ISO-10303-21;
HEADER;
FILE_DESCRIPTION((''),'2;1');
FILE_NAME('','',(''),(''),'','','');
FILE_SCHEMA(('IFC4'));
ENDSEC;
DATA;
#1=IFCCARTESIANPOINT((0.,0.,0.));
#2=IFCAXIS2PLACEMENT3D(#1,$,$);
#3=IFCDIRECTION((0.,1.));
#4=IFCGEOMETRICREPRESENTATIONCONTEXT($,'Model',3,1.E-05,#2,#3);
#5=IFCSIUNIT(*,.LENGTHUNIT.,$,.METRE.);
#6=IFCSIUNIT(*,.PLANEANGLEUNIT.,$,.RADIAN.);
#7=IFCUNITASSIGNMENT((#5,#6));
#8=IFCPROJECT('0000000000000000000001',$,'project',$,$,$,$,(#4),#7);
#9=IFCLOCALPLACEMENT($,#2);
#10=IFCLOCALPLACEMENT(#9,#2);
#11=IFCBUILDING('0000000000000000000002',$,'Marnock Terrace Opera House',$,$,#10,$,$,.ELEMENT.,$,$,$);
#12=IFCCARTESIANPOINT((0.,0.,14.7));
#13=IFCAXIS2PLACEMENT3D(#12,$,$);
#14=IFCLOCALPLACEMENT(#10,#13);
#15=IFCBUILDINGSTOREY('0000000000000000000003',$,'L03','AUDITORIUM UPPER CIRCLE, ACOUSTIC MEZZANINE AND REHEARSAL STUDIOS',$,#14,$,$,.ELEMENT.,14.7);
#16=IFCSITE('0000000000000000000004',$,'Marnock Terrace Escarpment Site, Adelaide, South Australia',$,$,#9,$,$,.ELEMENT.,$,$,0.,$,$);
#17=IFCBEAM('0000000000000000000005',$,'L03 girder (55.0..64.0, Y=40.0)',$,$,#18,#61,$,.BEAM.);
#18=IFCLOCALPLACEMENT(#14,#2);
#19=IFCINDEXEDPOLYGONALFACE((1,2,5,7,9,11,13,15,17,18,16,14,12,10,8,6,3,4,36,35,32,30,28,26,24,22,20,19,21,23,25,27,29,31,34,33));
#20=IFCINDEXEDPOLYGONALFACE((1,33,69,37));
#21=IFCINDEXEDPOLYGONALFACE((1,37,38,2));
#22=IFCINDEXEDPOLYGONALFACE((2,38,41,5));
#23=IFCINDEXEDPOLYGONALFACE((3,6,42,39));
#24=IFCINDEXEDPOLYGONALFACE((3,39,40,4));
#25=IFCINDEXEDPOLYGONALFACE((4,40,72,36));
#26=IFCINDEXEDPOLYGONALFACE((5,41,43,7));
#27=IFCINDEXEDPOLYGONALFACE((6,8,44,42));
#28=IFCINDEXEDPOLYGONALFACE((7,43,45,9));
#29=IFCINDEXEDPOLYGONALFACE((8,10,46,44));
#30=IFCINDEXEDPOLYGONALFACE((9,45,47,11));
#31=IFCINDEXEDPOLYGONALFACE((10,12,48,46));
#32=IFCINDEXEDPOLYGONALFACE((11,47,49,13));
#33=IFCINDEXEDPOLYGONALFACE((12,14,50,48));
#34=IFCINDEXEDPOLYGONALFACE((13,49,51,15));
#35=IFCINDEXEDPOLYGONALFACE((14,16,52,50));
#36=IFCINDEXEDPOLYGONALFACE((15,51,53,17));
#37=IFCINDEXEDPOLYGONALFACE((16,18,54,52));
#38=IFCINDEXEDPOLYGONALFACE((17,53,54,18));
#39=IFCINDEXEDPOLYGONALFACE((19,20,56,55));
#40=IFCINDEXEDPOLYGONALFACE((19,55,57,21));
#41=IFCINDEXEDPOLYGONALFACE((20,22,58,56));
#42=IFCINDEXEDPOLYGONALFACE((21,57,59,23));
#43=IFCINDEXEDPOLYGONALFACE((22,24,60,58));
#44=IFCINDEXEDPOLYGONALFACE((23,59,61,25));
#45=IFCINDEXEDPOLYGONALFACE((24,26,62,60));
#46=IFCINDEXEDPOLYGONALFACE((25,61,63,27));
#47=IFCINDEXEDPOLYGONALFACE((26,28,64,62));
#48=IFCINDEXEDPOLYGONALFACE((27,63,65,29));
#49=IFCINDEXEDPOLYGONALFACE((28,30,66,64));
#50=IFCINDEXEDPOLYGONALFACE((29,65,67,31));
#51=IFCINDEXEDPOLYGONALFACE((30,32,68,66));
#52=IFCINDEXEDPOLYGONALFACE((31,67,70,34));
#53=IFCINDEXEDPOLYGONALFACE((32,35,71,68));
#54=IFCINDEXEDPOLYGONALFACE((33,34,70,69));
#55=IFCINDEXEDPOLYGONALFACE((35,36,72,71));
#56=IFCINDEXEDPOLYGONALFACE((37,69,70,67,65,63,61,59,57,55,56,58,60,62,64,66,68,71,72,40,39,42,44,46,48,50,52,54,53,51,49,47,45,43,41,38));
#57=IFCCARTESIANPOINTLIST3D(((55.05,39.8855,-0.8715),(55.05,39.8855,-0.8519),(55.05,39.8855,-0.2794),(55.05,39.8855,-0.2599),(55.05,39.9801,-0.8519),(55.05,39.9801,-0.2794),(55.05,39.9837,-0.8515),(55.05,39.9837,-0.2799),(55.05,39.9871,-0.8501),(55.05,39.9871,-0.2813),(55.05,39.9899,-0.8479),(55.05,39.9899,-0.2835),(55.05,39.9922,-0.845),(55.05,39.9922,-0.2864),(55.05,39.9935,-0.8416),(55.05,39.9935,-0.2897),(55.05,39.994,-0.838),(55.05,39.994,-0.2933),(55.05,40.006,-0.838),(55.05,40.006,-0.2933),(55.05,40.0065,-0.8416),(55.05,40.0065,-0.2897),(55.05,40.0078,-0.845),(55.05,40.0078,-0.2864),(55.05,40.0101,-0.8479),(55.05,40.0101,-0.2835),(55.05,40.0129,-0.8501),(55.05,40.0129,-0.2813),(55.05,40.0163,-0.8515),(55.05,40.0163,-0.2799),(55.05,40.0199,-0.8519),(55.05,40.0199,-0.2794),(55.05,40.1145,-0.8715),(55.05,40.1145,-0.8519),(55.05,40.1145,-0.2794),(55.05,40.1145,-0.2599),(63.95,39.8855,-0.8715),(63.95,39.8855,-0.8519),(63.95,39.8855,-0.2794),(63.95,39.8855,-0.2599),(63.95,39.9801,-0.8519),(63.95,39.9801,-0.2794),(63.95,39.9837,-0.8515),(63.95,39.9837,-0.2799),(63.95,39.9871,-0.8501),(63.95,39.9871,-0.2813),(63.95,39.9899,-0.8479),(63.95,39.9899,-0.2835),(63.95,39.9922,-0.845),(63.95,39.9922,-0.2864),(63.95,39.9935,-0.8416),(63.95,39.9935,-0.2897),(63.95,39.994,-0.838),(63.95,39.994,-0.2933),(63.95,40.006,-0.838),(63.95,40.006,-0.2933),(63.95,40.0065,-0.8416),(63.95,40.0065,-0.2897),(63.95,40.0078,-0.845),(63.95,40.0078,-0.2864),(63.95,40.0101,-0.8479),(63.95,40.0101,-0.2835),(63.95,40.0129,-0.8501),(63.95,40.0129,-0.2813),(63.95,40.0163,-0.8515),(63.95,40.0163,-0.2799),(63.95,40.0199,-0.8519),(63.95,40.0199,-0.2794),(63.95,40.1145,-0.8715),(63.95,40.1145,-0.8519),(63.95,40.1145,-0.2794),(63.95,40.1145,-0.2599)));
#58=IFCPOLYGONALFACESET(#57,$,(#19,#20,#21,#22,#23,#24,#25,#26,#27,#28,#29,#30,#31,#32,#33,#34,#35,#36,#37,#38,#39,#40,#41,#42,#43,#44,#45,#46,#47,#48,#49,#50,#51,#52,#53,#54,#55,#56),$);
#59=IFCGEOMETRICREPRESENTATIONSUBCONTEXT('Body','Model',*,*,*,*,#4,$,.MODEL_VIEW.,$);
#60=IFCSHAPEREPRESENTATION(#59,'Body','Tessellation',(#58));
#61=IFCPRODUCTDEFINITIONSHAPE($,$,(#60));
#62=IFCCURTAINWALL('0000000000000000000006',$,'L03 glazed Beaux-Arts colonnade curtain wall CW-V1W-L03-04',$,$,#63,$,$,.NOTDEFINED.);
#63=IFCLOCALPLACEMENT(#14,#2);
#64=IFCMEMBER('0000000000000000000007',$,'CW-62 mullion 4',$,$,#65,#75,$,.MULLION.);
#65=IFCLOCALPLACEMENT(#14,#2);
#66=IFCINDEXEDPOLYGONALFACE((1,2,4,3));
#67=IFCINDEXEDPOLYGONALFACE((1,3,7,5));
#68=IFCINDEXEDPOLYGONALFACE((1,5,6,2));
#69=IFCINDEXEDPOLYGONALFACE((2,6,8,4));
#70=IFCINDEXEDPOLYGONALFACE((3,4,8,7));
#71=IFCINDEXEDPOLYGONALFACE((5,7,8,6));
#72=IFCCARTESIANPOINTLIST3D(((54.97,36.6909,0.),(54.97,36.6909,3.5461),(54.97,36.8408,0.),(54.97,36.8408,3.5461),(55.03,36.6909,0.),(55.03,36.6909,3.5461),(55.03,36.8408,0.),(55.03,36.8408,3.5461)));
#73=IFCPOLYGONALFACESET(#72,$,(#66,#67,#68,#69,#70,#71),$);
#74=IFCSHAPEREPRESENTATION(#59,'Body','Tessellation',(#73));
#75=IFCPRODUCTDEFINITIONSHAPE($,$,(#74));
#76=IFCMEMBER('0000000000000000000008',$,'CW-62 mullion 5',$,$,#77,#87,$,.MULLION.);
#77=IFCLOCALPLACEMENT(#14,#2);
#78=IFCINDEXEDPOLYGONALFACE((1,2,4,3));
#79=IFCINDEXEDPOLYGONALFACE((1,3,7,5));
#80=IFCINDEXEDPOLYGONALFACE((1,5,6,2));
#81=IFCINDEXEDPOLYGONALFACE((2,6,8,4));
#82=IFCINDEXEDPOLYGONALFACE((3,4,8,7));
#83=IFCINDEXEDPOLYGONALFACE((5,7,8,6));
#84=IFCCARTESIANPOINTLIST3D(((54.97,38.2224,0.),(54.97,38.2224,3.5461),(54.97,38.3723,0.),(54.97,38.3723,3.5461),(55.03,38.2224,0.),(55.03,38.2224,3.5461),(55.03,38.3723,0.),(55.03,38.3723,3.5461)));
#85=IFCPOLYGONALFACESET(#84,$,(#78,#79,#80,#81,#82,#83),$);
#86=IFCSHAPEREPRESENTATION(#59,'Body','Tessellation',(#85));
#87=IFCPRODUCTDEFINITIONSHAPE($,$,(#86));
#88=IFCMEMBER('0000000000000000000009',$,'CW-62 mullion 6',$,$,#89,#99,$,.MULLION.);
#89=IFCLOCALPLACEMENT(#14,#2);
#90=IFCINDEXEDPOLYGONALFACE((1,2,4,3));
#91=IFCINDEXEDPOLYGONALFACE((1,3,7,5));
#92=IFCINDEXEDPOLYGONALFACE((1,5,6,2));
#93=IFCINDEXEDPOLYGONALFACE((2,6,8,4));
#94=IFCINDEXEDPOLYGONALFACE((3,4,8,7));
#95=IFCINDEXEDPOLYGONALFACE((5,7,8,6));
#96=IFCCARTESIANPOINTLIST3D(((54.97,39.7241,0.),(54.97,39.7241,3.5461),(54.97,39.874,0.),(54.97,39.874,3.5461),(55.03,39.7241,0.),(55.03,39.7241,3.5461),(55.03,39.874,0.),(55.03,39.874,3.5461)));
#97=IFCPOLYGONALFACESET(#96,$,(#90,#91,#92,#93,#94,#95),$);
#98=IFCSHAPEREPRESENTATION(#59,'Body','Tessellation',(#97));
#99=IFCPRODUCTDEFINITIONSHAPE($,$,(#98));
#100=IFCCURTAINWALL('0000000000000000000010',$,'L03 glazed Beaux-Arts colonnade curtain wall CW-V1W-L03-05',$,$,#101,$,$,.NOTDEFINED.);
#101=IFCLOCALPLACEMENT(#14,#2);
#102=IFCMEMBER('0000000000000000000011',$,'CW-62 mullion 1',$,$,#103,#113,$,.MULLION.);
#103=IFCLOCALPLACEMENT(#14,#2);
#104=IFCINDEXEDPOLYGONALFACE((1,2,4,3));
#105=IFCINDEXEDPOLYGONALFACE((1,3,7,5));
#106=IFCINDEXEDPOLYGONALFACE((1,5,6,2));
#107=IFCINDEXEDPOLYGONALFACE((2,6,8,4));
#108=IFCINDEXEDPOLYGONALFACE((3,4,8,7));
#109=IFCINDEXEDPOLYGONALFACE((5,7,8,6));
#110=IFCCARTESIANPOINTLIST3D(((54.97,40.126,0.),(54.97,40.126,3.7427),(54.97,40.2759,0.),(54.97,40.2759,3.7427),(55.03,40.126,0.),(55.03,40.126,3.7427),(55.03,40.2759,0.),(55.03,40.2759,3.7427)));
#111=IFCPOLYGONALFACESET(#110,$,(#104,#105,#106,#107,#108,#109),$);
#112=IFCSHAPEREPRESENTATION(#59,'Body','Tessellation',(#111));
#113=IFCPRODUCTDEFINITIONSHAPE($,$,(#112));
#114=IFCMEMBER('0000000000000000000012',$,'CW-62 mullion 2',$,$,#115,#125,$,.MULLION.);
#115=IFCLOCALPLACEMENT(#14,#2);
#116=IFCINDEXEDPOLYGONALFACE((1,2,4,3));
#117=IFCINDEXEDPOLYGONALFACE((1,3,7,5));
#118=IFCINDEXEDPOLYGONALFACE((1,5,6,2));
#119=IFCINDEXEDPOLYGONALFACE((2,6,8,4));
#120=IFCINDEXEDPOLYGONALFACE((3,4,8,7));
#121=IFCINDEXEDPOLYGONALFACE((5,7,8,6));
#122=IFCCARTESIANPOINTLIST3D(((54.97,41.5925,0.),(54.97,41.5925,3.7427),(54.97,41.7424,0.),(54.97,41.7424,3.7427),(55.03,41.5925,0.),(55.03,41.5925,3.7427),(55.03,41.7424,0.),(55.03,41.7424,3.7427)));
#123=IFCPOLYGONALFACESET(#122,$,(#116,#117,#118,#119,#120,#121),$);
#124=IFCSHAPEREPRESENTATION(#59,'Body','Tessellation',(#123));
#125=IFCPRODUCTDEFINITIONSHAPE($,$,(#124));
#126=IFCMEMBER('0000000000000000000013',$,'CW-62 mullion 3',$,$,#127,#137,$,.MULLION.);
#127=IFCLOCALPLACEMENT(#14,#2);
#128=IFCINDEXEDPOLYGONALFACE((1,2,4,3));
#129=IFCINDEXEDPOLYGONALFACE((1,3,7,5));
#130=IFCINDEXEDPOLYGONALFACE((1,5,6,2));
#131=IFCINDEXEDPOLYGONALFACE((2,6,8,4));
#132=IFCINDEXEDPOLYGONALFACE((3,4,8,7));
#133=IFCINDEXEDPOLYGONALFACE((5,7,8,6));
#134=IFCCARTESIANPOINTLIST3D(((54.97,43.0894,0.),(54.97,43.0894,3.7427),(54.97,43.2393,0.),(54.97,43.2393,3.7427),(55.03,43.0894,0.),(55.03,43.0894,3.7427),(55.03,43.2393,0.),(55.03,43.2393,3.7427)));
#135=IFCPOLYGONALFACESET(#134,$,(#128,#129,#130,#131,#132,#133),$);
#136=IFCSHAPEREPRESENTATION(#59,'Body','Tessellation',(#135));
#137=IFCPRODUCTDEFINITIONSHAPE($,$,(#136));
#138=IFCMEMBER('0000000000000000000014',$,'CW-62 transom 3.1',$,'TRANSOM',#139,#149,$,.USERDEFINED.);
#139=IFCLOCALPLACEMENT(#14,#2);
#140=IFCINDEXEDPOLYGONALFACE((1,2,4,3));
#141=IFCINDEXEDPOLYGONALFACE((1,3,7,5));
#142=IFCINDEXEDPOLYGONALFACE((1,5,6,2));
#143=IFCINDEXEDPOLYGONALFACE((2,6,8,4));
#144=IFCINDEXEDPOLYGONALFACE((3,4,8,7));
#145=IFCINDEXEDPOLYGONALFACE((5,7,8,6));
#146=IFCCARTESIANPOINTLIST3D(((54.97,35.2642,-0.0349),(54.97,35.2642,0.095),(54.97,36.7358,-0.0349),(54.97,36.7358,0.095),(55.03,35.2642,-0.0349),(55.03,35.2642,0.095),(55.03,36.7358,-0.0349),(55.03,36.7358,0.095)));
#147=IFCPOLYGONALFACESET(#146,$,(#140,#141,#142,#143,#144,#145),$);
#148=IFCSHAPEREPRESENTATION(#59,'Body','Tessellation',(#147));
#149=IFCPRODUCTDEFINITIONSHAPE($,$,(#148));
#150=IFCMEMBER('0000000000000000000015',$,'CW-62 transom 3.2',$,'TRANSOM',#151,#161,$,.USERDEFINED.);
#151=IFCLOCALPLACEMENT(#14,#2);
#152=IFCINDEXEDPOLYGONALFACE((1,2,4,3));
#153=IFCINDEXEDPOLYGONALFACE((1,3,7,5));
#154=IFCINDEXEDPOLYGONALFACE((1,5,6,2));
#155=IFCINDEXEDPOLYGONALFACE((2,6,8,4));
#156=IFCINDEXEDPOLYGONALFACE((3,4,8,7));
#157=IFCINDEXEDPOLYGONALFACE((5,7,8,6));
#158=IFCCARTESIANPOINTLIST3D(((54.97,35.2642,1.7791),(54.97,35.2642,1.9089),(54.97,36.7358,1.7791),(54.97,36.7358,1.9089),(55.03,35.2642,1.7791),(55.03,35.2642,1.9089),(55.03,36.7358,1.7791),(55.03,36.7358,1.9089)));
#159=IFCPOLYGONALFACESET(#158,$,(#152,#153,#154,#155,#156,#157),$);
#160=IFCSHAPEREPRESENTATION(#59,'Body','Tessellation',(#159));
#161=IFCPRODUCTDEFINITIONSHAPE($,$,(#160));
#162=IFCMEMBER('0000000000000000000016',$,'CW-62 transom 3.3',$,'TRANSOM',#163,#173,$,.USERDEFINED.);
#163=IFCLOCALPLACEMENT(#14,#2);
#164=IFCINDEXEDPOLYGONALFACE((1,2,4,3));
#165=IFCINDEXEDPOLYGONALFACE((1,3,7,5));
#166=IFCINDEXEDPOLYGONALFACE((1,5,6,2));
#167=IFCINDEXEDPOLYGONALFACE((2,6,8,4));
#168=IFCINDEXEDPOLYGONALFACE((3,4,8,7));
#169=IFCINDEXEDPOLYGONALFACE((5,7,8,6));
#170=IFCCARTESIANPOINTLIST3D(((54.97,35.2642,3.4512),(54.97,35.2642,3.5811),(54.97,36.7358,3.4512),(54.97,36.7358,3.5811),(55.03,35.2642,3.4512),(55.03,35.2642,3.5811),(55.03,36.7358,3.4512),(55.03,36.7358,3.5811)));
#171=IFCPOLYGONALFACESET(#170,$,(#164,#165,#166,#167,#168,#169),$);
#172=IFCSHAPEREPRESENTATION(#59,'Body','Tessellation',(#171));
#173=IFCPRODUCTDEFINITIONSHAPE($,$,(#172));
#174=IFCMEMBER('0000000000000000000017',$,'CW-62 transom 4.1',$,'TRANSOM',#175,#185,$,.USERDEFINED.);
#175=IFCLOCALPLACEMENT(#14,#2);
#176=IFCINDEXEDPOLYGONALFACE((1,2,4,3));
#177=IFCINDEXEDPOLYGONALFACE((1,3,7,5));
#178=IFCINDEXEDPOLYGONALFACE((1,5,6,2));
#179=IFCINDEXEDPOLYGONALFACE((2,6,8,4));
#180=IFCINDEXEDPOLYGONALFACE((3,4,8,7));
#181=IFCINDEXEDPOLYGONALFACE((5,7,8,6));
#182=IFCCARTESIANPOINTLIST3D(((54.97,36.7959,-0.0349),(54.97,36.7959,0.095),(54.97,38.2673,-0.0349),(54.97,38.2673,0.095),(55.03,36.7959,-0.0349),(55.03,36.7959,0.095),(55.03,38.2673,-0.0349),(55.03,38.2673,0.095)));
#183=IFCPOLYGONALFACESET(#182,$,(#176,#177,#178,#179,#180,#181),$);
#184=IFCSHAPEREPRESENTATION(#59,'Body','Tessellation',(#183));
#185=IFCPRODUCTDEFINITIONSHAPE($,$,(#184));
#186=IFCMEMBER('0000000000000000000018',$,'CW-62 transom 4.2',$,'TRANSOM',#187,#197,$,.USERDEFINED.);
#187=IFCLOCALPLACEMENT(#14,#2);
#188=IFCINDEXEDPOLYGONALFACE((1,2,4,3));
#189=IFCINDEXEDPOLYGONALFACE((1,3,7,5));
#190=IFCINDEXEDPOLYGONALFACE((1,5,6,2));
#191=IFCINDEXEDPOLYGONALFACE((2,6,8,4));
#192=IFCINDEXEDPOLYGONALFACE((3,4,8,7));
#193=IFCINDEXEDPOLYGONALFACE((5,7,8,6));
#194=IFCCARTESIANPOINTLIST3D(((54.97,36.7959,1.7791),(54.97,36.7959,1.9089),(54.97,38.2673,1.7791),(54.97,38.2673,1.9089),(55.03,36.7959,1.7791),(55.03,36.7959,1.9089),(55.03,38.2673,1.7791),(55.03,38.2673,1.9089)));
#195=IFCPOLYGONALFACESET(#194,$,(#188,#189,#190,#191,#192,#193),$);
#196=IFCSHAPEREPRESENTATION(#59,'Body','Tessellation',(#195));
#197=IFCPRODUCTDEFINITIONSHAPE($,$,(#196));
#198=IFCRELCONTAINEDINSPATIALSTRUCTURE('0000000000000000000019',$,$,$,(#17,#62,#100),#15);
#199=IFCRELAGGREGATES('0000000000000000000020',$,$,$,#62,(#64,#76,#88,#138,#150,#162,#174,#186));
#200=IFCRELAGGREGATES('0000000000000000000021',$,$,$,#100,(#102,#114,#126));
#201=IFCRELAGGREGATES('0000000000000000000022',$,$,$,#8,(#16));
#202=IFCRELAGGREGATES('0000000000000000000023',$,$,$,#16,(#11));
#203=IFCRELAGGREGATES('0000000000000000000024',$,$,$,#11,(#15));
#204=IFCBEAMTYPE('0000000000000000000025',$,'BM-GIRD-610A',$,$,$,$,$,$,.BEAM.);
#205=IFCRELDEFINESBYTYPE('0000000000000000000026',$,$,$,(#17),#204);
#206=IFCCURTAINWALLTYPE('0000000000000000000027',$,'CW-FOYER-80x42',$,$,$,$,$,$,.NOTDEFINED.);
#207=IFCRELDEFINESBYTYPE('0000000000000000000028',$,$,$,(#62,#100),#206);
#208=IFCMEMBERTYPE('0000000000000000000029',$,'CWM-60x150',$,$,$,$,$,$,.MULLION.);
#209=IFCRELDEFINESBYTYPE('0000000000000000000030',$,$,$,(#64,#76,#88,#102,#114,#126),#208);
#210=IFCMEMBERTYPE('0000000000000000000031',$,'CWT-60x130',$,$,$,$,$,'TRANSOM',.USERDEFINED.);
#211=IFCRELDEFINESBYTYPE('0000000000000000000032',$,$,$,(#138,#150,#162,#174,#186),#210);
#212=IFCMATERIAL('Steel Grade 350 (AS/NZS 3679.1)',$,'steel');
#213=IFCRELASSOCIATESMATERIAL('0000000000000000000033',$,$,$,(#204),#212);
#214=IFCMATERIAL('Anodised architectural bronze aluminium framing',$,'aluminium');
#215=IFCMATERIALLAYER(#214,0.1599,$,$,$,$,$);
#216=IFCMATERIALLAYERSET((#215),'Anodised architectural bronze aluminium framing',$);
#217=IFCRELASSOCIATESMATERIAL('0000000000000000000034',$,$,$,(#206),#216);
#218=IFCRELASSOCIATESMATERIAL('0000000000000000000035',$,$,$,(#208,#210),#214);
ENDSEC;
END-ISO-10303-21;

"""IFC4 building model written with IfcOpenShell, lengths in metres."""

from ifc_helpers import new_model, si_unit, direction, frame, origin, origin_2d, place, context, subcontext, project, spatial, rectangle, i_section, extrude, material, layer, layer_set, material_profile, profile_set, type_object, element, aggregate, save


model = new_model("IFC4")

# Units and contexts
model_context = context("Model", 3, precision=1e-05, world=origin(), true_north=direction((0.0, 1.0)))
body_context = subcontext(model_context, "Body", "Model", "MODEL_VIEW")
ifc_project = project(units=[si_unit("LENGTHUNIT", "METRE"), si_unit("PLANEANGLEUNIT", "RADIAN")], contexts=[model_context])

# Site, building, storey
site_placement = place(None, origin())
site = spatial("IfcSite", under=ifc_project, at=site_placement, Name="Marnock Terrace Escarpment Site, Adelaide, South Australia", CompositionType="ELEMENT", RefElevation=0.0)
building_placement = place(site_placement, origin())
building = spatial("IfcBuilding", under=site, at=building_placement, Name="Marnock Terrace Opera House", CompositionType="ELEMENT")
storey_placement = place(building_placement, frame((0.0, 0.0, 14.7)))
storey = spatial("IfcBuildingStorey", under=building, at=storey_placement, Name="L03", Description="AUDITORIUM UPPER CIRCLE, ACOUSTIC MEZZANINE AND REHEARSAL STUDIOS", CompositionType="ELEMENT", Elevation=14.7)

# Beam
ifc_material_1 = material(Name="Steel Grade 350 (AS/NZS 3679.1)", Category="steel")
ifc_material_profile_1 = material_profile(ifc_material_1, i_section(OverallWidth=0.229, OverallDepth=0.6116, WebThickness=0.012, FlangeThickness=0.0195, FilletRadius=0.0139, at=origin_2d()))
ifc_profile_set_1 = profile_set([ifc_material_profile_1], Name="Steel Grade 350 (AS/NZS 3679.1)")
beam_type = type_object("IfcBeamType", Name="BM-GIRD-610A", PredefinedType="BEAM", material=ifc_profile_set_1)
beam_placement = place(storey_placement, frame((55.05, 40.0, -0.5657), z_axis=(1.0, 0.0, 0.0), x_axis=(0.0, 1.0, 0.0)))
element("IfcBeam", 1, at=beam_placement, inside=storey, type_object=beam_type, Name="L03 girder (55.0..64.0, Y=40.0)", PredefinedType="BEAM", context=body_context, shape_type="SweptSolid", body=[
    extrude(i_section(OverallWidth=0.229, OverallDepth=0.6116, WebThickness=0.012, FlangeThickness=0.0195, FilletRadius=0.0139, at=origin_2d()), origin(), (0.0, 0.0, 1.0), 8.8999),
])

# Curtain walls, members
ifc_material_2 = material(Name="Anodised architectural bronze aluminium framing", Category="aluminium")
ifc_layer_1 = layer(ifc_material_2, 0.1599)
ifc_layer_set_1 = layer_set([ifc_layer_1], Name="Anodised architectural bronze aluminium framing")
curtain_wall_type = type_object("IfcCurtainWallType", Name="CW-FOYER-80x42", PredefinedType="NOTDEFINED", material=ifc_layer_set_1)
curtain_wall_1_placement = place(storey_placement, origin())
curtain_wall_1 = element("IfcCurtainWall", 2, at=curtain_wall_1_placement, inside=storey, type_object=curtain_wall_type, Name="L03 glazed Beaux-Arts colonnade curtain wall CW-V1W-L03-04", PredefinedType="NOTDEFINED")
ifc_material_profile_2 = material_profile(ifc_material_2, rectangle(XDim=0.0601, YDim=0.1499, at=origin_2d()))
ifc_profile_set_2 = profile_set([ifc_material_profile_2], Name="Anodised architectural bronze aluminium framing")
member_type_1 = type_object("IfcMemberType", Name="CWM-60x150", PredefinedType="MULLION", material=ifc_profile_set_2)
member_1_placement = place(storey_placement, frame((55.0, 36.7659, 0.0), z_axis=(0.0, 0.0, 1.0), x_axis=(-1.0, 0.0, 0.0)))
member_1 = element("IfcMember", 3, at=member_1_placement, type_object=member_type_1, Name="CW-62 mullion 4", PredefinedType="MULLION", context=body_context, shape_type="SweptSolid", body=[
    extrude(rectangle(XDim=0.0601, YDim=0.1499, at=origin_2d()), origin(), (0.0, 0.0, 1.0), 3.5461),
])
member_2_placement = place(storey_placement, frame((55.0, 38.2974, 0.0), z_axis=(0.0, 0.0, 1.0), x_axis=(-1.0, 0.0, 0.0)))
member_2 = element("IfcMember", 4, at=member_2_placement, type_object=member_type_1, Name="CW-62 mullion 5", PredefinedType="MULLION", context=body_context, shape_type="SweptSolid", body=[
    extrude(rectangle(XDim=0.0601, YDim=0.1499, at=origin_2d()), origin(), (0.0, 0.0, 1.0), 3.5461),
])
member_3_placement = place(storey_placement, frame((55.0, 39.7991, 0.0), z_axis=(0.0, 0.0, 1.0), x_axis=(-1.0, 0.0, 0.0)))
member_3 = element("IfcMember", 5, at=member_3_placement, type_object=member_type_1, Name="CW-62 mullion 6", PredefinedType="MULLION", context=body_context, shape_type="SweptSolid", body=[
    extrude(rectangle(XDim=0.0601, YDim=0.1499, at=origin_2d()), origin(), (0.0, 0.0, 1.0), 3.5461),
])
curtain_wall_2_placement = place(storey_placement, origin())
curtain_wall_2 = element("IfcCurtainWall", 6, at=curtain_wall_2_placement, inside=storey, type_object=curtain_wall_type, Name="L03 glazed Beaux-Arts colonnade curtain wall CW-V1W-L03-05", PredefinedType="NOTDEFINED")
member_4_placement = place(storey_placement, frame((55.0, 40.2009, 0.0), z_axis=(0.0, 0.0, 1.0), x_axis=(-1.0, 0.0, 0.0)))
member_4 = element("IfcMember", 7, at=member_4_placement, type_object=member_type_1, Name="CW-62 mullion 1", PredefinedType="MULLION", context=body_context, shape_type="SweptSolid", body=[
    extrude(rectangle(XDim=0.0601, YDim=0.1499, at=origin_2d()), origin(), (0.0, 0.0, 1.0), 3.7427),
])
member_5_placement = place(storey_placement, frame((55.0, 41.6675, 0.0), z_axis=(0.0, 0.0, 1.0), x_axis=(-1.0, 0.0, 0.0)))
member_5 = element("IfcMember", 8, at=member_5_placement, type_object=member_type_1, Name="CW-62 mullion 2", PredefinedType="MULLION", context=body_context, shape_type="SweptSolid", body=[
    extrude(rectangle(XDim=0.0601, YDim=0.1499, at=origin_2d()), origin(), (0.0, 0.0, 1.0), 3.7427),
])
member_6_placement = place(storey_placement, frame((55.0, 43.1643, 0.0), z_axis=(0.0, 0.0, 1.0), x_axis=(-1.0, 0.0, 0.0)))
member_6 = element("IfcMember", 9, at=member_6_placement, type_object=member_type_1, Name="CW-62 mullion 3", PredefinedType="MULLION", context=body_context, shape_type="SweptSolid", body=[
    extrude(rectangle(XDim=0.0601, YDim=0.1499, at=origin_2d()), origin(), (0.0, 0.0, 1.0), 3.7427),
])

# Members
ifc_material_profile_3 = material_profile(ifc_material_2, rectangle(XDim=0.0601, YDim=0.1299, at=origin_2d()))
ifc_profile_set_3 = profile_set([ifc_material_profile_3], Name="Anodised architectural bronze aluminium framing")
member_type_2 = type_object("IfcMemberType", Name="CWT-60x130", ElementType="TRANSOM", PredefinedType="USERDEFINED", material=ifc_profile_set_3)
member_7_placement = place(storey_placement, frame((55.0, 35.2642, 0.03), z_axis=(0.0, 1.0, 0.0), x_axis=(-1.0, 0.0, 0.0)))
member_7 = element("IfcMember", 10, at=member_7_placement, type_object=member_type_2, Name="CW-62 transom 3.1", ObjectType="TRANSOM", PredefinedType="USERDEFINED", context=body_context, shape_type="SweptSolid", body=[
    extrude(rectangle(XDim=0.0601, YDim=0.1299, at=origin_2d()), origin(), (0.0, 0.0, 1.0), 1.4717),
])
member_8_placement = place(storey_placement, frame((55.0, 35.2642, 1.844), z_axis=(0.0, 1.0, 0.0), x_axis=(-1.0, 0.0, 0.0)))
member_8 = element("IfcMember", 11, at=member_8_placement, type_object=member_type_2, Name="CW-62 transom 3.2", ObjectType="TRANSOM", PredefinedType="USERDEFINED", context=body_context, shape_type="SweptSolid", body=[
    extrude(rectangle(XDim=0.0601, YDim=0.1299, at=origin_2d()), origin(), (0.0, 0.0, 1.0), 1.4717),
])
member_9_placement = place(storey_placement, frame((55.0, 35.2642, 3.5161), z_axis=(0.0, 1.0, 0.0), x_axis=(-1.0, 0.0, 0.0)))
member_9 = element("IfcMember", 12, at=member_9_placement, type_object=member_type_2, Name="CW-62 transom 3.3", ObjectType="TRANSOM", PredefinedType="USERDEFINED", context=body_context, shape_type="SweptSolid", body=[
    extrude(rectangle(XDim=0.0601, YDim=0.1299, at=origin_2d()), origin(), (0.0, 0.0, 1.0), 1.4717),
])
member_10_placement = place(storey_placement, frame((55.0, 36.7959, 0.03), z_axis=(0.0, 1.0, 0.0), x_axis=(-1.0, 0.0, 0.0)))
member_10 = element("IfcMember", 13, at=member_10_placement, type_object=member_type_2, Name="CW-62 transom 4.1", ObjectType="TRANSOM", PredefinedType="USERDEFINED", context=body_context, shape_type="SweptSolid", body=[
    extrude(rectangle(XDim=0.0601, YDim=0.1299, at=origin_2d()), origin(), (0.0, 0.0, 1.0), 1.4714),
])
member_11_placement = place(storey_placement, frame((55.0, 36.7959, 1.844), z_axis=(0.0, 1.0, 0.0), x_axis=(-1.0, 0.0, 0.0)))
member_11 = element("IfcMember", 14, at=member_11_placement, type_object=member_type_2, Name="CW-62 transom 4.2", ObjectType="TRANSOM", PredefinedType="USERDEFINED", context=body_context, shape_type="SweptSolid", body=[
    extrude(rectangle(XDim=0.0601, YDim=0.1299, at=origin_2d()), origin(), (0.0, 0.0, 1.0), 1.4714),
])

aggregate(curtain_wall_1, [member_1, member_2, member_3, member_7, member_8, member_9, member_10, member_11])
aggregate(curtain_wall_2, [member_4, member_5, member_6])

save(model, "model.ifc")
